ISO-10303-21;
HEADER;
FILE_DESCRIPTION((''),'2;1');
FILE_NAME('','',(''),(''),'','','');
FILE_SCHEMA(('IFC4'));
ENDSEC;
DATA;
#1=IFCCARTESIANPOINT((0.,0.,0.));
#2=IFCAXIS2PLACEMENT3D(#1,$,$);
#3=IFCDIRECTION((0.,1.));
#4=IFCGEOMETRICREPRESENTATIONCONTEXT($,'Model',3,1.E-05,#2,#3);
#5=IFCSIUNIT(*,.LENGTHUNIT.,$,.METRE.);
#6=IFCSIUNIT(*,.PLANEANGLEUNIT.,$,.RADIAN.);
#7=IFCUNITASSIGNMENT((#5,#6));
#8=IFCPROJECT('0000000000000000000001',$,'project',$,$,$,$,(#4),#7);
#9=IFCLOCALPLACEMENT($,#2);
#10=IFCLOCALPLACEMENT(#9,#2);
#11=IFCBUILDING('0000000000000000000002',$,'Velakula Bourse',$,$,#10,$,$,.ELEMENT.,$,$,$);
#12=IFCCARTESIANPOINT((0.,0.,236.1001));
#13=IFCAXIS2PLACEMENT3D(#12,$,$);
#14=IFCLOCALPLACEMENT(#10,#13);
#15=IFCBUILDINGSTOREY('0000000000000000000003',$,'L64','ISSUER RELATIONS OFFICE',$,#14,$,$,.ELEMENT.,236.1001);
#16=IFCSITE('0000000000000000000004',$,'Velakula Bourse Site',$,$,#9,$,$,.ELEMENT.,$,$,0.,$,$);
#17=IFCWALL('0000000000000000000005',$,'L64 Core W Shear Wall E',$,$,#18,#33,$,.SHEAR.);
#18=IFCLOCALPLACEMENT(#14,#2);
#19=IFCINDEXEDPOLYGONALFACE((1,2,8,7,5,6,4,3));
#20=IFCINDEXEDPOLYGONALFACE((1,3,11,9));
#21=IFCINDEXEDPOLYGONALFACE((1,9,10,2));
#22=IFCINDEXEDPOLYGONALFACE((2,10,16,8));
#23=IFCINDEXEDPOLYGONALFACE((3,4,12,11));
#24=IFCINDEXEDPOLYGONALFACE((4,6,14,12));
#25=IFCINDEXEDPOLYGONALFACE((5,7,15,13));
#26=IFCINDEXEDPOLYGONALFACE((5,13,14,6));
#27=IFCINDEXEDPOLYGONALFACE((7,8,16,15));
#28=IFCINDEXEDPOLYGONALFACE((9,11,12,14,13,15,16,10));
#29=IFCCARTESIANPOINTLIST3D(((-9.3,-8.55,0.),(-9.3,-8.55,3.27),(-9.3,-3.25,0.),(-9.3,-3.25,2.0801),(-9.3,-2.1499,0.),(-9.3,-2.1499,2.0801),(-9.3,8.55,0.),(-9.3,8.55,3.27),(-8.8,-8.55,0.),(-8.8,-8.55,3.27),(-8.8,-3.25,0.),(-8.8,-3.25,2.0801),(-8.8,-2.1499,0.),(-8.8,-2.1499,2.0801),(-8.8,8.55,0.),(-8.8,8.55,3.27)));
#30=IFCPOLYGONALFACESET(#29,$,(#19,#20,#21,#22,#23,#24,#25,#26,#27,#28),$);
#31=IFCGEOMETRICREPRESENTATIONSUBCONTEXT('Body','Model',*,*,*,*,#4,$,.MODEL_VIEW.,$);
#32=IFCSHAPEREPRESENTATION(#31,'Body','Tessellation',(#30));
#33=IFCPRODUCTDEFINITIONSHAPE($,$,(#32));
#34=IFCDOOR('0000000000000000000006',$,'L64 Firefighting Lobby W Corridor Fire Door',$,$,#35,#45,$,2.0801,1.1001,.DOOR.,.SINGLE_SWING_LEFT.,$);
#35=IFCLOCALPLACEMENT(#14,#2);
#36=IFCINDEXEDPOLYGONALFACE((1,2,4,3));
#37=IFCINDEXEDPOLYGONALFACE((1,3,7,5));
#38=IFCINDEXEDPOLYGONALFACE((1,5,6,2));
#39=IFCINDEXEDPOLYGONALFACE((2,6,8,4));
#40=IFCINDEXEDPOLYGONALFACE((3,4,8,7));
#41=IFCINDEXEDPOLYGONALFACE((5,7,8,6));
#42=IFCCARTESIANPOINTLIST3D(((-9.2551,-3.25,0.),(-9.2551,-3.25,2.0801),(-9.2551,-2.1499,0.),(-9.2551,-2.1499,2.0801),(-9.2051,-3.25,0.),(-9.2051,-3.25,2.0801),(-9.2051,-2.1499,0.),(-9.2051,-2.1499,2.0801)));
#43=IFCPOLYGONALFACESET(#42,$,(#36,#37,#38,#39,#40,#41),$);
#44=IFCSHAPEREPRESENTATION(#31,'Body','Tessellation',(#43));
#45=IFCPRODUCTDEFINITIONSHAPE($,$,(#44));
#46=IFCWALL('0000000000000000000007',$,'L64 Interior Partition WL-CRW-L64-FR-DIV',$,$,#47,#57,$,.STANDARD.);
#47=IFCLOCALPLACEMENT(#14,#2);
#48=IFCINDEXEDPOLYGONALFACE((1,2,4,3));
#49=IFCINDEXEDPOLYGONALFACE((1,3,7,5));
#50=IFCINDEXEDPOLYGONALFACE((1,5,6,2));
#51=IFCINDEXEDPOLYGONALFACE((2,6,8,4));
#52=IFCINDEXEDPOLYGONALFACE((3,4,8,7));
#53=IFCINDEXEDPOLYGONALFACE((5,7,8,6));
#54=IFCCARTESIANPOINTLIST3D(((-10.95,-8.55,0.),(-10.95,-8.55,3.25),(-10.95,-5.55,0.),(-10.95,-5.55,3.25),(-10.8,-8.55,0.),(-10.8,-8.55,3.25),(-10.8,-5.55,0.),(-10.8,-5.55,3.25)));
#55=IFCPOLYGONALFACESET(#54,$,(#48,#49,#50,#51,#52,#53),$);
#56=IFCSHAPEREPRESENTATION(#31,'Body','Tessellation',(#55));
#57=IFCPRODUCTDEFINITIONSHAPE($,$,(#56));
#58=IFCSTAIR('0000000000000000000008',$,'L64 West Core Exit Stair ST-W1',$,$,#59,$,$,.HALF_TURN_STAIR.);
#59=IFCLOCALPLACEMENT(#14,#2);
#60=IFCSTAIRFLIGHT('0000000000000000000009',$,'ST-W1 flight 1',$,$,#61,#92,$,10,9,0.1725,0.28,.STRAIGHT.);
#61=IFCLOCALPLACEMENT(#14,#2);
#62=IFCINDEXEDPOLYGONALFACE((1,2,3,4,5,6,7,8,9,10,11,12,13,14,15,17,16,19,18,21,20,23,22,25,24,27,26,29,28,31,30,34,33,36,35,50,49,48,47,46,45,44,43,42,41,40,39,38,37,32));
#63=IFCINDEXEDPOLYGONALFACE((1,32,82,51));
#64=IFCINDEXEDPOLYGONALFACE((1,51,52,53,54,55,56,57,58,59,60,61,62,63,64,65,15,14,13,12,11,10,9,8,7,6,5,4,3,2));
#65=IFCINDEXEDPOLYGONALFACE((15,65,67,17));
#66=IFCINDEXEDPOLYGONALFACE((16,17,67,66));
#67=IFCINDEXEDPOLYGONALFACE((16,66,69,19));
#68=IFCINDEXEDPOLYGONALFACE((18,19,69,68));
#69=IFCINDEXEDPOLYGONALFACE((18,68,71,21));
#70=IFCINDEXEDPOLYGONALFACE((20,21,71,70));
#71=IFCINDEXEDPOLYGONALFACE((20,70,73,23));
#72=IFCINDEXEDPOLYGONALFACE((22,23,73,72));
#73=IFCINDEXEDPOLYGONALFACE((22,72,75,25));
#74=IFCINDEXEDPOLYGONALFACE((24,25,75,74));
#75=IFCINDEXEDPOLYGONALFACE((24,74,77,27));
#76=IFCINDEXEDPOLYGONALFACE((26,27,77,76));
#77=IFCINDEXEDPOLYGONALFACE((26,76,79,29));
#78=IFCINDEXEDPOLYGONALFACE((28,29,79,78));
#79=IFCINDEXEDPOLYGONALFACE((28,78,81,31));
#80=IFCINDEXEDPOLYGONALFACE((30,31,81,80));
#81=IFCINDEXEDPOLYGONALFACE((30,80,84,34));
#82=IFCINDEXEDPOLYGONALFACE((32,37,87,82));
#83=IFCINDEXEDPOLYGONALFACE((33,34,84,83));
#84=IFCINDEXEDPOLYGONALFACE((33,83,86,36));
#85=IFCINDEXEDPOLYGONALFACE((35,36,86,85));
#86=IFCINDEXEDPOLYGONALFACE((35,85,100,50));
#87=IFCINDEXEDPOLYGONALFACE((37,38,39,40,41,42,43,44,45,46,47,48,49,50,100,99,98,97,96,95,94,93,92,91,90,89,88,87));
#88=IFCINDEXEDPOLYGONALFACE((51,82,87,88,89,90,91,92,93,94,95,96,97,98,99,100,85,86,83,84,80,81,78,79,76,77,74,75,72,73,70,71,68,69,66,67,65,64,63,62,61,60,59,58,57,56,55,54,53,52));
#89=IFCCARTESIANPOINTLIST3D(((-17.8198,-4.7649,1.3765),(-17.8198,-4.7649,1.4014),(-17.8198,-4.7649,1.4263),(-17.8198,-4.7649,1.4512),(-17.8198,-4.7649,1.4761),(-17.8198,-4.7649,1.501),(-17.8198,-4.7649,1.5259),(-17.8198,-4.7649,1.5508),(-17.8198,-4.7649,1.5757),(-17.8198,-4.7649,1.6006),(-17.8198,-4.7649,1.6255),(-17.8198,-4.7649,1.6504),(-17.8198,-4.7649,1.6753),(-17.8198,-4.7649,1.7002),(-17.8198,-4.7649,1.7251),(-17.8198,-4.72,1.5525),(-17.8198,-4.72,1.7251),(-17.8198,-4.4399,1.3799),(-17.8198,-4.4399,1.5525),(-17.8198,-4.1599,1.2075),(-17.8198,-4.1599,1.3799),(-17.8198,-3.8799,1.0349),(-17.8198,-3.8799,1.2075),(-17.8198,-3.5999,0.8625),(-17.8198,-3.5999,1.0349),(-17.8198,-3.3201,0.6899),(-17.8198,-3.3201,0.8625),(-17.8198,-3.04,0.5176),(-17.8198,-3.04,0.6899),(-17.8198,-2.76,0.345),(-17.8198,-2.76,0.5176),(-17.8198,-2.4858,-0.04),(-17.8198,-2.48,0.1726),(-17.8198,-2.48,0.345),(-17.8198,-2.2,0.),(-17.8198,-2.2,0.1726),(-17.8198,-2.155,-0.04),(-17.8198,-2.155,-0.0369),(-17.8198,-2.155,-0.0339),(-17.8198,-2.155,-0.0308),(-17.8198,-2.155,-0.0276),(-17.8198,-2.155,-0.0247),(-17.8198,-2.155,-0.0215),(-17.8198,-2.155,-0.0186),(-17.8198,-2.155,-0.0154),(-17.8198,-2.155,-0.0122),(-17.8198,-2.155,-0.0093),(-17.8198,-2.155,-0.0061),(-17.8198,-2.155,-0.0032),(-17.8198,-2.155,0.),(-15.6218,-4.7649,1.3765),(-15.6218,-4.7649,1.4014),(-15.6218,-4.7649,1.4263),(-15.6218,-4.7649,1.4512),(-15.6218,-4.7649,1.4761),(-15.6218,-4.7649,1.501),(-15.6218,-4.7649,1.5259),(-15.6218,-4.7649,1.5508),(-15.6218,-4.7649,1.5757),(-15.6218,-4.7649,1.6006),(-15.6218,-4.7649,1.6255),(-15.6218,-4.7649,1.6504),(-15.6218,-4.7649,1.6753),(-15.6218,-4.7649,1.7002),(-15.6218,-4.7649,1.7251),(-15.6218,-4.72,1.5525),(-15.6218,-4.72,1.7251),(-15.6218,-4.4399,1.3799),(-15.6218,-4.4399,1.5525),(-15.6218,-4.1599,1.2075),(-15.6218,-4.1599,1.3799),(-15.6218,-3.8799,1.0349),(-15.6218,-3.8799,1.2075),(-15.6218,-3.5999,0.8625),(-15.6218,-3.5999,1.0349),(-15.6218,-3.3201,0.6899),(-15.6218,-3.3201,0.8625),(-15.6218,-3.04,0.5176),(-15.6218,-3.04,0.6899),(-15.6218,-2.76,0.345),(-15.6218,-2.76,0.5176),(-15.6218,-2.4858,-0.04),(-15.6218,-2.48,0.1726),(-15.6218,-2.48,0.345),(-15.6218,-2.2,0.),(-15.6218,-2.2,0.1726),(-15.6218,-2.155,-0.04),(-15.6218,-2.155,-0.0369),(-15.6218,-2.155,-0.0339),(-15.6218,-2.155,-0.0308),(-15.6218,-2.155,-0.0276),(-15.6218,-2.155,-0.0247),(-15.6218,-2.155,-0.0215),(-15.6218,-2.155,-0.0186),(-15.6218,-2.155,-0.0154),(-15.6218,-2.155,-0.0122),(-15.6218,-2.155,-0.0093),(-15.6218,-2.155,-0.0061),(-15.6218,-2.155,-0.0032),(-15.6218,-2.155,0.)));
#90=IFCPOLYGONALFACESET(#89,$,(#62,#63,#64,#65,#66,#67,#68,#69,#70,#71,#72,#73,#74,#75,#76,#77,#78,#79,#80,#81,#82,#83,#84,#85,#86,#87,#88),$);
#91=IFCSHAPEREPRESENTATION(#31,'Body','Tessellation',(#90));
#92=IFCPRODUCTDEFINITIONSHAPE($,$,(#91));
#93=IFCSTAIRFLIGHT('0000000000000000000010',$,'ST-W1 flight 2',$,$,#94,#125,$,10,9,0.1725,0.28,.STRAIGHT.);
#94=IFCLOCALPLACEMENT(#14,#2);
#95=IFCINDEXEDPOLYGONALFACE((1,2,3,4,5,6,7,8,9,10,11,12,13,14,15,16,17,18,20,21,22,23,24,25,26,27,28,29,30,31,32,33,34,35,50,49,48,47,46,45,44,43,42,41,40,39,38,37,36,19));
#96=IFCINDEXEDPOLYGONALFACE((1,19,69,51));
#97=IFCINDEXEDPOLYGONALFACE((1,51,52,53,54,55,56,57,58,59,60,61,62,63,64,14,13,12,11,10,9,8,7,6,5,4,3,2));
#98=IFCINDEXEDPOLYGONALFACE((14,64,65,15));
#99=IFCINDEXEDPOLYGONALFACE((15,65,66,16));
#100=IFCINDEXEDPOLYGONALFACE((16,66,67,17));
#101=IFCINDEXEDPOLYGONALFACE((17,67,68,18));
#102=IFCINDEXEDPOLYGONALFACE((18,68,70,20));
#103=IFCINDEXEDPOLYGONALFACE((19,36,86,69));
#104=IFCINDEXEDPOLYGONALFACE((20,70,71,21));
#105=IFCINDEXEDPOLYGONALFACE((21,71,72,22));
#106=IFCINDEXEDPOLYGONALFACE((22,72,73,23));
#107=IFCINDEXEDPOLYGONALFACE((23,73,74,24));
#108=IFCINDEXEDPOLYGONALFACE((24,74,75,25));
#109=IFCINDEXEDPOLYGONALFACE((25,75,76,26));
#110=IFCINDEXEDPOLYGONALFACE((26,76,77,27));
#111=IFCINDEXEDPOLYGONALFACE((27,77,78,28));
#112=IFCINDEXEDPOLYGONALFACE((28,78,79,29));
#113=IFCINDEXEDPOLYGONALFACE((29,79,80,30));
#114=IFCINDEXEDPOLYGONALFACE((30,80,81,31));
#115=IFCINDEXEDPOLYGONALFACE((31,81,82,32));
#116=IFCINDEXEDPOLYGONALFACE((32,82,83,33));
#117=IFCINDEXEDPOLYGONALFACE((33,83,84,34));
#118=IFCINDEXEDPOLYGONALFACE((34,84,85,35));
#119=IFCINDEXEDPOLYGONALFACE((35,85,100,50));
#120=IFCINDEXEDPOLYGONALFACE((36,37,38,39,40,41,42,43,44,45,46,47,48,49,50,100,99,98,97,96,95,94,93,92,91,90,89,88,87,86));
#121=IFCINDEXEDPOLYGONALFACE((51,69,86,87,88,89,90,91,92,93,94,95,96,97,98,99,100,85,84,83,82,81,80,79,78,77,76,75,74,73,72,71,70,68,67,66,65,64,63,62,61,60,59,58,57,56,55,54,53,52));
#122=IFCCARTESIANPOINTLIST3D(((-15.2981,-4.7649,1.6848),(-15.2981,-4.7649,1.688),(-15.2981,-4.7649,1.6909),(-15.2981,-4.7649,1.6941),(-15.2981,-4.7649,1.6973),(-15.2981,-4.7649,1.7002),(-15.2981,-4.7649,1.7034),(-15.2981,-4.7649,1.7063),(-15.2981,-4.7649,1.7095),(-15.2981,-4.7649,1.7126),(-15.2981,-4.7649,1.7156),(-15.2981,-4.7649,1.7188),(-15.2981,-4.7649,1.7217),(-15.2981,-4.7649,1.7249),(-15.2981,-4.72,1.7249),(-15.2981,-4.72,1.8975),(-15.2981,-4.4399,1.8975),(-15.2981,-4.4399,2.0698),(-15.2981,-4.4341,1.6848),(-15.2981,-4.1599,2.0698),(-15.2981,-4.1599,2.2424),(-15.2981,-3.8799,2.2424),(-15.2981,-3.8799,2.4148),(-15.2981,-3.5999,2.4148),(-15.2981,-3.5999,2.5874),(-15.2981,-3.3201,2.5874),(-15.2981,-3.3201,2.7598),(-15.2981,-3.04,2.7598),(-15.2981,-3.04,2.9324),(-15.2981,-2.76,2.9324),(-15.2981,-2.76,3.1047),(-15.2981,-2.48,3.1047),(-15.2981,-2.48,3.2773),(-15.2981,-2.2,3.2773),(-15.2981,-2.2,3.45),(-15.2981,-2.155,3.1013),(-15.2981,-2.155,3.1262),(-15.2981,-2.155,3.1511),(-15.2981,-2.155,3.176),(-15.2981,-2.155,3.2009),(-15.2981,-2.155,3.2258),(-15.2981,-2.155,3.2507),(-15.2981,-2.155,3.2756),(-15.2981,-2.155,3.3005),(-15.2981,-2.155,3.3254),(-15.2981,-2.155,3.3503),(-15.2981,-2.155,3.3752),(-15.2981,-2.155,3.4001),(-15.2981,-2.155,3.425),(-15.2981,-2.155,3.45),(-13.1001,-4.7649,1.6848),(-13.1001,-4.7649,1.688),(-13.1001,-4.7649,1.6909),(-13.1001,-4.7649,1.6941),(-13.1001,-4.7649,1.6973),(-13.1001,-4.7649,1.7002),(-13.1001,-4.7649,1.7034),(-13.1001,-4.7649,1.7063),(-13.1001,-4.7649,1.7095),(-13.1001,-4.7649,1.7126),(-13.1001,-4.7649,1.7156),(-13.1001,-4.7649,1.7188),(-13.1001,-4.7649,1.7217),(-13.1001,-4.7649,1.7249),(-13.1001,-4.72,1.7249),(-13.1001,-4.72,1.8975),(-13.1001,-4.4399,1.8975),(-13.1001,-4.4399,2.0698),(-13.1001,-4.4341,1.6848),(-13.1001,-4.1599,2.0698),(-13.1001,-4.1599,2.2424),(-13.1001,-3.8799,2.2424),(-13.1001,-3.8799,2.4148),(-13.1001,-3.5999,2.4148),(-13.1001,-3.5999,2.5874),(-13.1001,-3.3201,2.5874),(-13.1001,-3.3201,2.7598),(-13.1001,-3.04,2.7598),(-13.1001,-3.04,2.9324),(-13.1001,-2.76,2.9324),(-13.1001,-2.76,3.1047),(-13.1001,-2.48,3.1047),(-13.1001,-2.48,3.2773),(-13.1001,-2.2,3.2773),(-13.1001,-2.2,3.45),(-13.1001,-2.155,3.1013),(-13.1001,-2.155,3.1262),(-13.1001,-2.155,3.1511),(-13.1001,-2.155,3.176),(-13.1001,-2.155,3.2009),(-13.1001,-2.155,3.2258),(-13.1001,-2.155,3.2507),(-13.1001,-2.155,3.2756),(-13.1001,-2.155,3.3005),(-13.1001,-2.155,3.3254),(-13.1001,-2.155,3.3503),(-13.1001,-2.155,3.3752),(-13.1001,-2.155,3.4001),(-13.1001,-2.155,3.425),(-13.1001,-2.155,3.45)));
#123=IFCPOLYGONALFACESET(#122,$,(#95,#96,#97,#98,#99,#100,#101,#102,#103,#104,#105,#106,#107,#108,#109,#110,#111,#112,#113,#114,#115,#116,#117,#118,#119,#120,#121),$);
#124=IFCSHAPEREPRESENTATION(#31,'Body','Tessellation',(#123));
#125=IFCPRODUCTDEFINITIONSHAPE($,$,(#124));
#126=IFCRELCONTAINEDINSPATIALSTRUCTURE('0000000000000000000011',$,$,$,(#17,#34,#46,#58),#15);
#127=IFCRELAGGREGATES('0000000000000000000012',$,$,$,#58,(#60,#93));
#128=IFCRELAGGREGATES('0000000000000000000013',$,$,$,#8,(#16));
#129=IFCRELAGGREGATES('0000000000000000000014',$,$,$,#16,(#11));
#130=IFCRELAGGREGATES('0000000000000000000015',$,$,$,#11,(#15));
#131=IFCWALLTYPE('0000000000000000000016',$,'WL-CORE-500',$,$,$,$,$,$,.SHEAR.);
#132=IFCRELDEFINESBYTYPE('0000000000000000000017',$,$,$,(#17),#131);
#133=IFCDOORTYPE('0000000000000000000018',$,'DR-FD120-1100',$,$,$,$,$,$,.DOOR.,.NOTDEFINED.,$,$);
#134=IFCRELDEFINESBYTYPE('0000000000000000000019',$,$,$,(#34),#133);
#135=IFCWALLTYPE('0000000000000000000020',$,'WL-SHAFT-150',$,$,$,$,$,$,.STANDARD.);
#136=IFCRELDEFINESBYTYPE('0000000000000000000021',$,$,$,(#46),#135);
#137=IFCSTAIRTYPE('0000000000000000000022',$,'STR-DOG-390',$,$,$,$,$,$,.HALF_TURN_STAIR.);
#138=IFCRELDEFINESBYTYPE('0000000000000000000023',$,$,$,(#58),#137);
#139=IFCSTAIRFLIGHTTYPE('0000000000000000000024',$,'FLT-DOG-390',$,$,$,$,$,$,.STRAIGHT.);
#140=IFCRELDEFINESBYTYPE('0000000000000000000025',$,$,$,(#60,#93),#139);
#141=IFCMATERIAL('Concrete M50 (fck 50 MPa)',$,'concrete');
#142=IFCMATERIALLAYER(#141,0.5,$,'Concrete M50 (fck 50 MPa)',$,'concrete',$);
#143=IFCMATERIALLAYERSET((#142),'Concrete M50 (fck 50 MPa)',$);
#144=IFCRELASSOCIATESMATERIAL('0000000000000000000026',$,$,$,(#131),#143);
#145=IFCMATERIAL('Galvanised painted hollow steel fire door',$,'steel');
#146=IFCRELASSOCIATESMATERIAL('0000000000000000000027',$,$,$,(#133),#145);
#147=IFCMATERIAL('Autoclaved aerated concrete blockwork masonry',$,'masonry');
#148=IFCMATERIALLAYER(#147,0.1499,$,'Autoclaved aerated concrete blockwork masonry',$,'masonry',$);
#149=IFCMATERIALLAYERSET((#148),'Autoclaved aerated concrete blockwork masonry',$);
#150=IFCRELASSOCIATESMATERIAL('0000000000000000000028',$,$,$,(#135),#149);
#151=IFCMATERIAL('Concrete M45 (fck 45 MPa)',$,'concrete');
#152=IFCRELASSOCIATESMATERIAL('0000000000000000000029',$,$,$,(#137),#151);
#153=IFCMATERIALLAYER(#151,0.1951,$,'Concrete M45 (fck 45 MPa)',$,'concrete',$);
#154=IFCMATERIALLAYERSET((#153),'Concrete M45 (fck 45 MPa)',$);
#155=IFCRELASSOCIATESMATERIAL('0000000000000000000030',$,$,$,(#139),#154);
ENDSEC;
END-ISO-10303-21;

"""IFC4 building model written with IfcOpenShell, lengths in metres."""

from ifc_helpers import new_model, si_unit, direction, frame, frame_2d, origin, place, context, subcontext, project, spatial, polyline, rectangle, outline, extrude, material, layer, layer_set, type_object, element, fill, aggregate, save


model = new_model("IFC4")

# Units and contexts
model_context = context("Model", 3, precision=1e-05, world=origin(), true_north=direction((0.0, 1.0)))
body_context = subcontext(model_context, "Body", "Model", "MODEL_VIEW")
ifc_project = project(units=[si_unit("LENGTHUNIT", "METRE"), si_unit("PLANEANGLEUNIT", "RADIAN")], contexts=[model_context])

# Site, building, storey
site_placement = place(None, origin())
site = spatial("IfcSite", under=ifc_project, at=site_placement, Name="Velakula Bourse Site", CompositionType="ELEMENT", RefElevation=0.0)
building_placement = place(site_placement, origin())
building = spatial("IfcBuilding", under=site, at=building_placement, Name="Velakula Bourse", CompositionType="ELEMENT")
storey_placement = place(building_placement, frame((0.0, 0.0, 236.1001)))
storey = spatial("IfcBuildingStorey", under=building, at=storey_placement, Name="L64", Description="ISSUER RELATIONS OFFICE", CompositionType="ELEMENT", Elevation=236.1001)

# Shared definitions
ifc_material_1 = material(Name="Concrete M50 (fck 50 MPa)", Category="concrete")

# Shared definitions
ifc_material_2 = material(Name="Galvanised painted hollow steel fire door", Category="steel")

# Wall, opening, door
ifc_layer_1 = layer(ifc_material_1, 0.5, Name="Concrete M50 (fck 50 MPa)", Category="concrete")
ifc_layer_set_1 = layer_set([ifc_layer_1], Name="Concrete M50 (fck 50 MPa)")
wall_type_1 = type_object("IfcWallType", Name="WL-CORE-500", PredefinedType="SHEAR", material=ifc_layer_set_1)
wall_1_placement = place(storey_placement, frame((-9.05, -8.55, 0.0), z_axis=(0.0, 0.0, 1.0), x_axis=(0.0, 1.0, 0.0)))
wall_1 = element("IfcWall", 1, at=wall_1_placement, inside=storey, type_object=wall_type_1, Name="L64 Core W Shear Wall E", PredefinedType="SHEAR", context=body_context, shape_type="SweptSolid", body=[
    extrude(rectangle(XDim=17.1001, YDim=0.5, at=frame_2d((8.55, 0.0))), origin(), (0.0, 0.0, 1.0), 3.27),
])
opening_1_placement = place(wall_1_placement, frame((5.3, 0.0, 0.0)))
opening_1 = element("IfcOpeningElement", 2, at=opening_1_placement, cuts=wall_1, PredefinedType="OPENING", context=body_context, shape_type="SweptSolid", body=[
    extrude(rectangle(XDim=1.1001, YDim=2.0801, at=frame_2d((0.55, 1.04))), frame((0.0, 0.26, 0.0), z_axis=(0.0, -1.0, 0.0), x_axis=(1.0, 0.0, 0.0)), (0.0, 0.0, 1.0), 0.52),
])
door_type_1 = type_object("IfcDoorType", Name="DR-FD120-1100", OperationType="NOTDEFINED", PredefinedType="DOOR", material=ifc_material_2)
door_1_placement = place(opening_1_placement, origin())
door_1 = element("IfcDoor", 3, at=door_1_placement, inside=storey, type_object=door_type_1, Name="L64 Firefighting Lobby W Corridor Fire Door", OperationType="SINGLE_SWING_LEFT", OverallHeight=2.0801, OverallWidth=1.1001, PredefinedType="DOOR", context=body_context, shape_type="SweptSolid", body=[
    extrude(rectangle(XDim=1.1001, YDim=2.0801, at=frame_2d((0.55, 1.04))), frame((0.0, 0.2051, 0.0), z_axis=(0.0, -1.0, 0.0), x_axis=(1.0, 0.0, 0.0)), (0.0, 0.0, 1.0), 0.05),
])
fill(opening_1, door_1)

# Shared definitions
ifc_material_3 = material(Name="Autoclaved aerated concrete blockwork masonry", Category="masonry")
ifc_layer_2 = layer(ifc_material_3, 0.1499, Name="Autoclaved aerated concrete blockwork masonry", Category="masonry")
ifc_layer_set_2 = layer_set([ifc_layer_2], Name="Autoclaved aerated concrete blockwork masonry")
wall_type_2 = type_object("IfcWallType", Name="WL-SHAFT-150", PredefinedType="STANDARD", material=ifc_layer_set_2)

# Wall
wall_2_placement = place(storey_placement, frame((-10.875, -8.55, 0.0), z_axis=(0.0, 0.0, 1.0), x_axis=(0.0, 1.0, 0.0)))
element("IfcWall", 4, at=wall_2_placement, inside=storey, type_object=wall_type_2, Name="L64 Interior Partition WL-CRW-L64-FR-DIV", PredefinedType="STANDARD", context=body_context, shape_type="SweptSolid", body=[
    extrude(rectangle(XDim=3.0, YDim=0.1499, at=frame_2d((1.5, 0.0))), origin(), (0.0, 0.0, 1.0), 3.25),
])

# Stair, stair flights
ifc_material_4 = material(Name="Concrete M45 (fck 45 MPa)", Category="concrete")
stair_type = type_object("IfcStairType", Name="STR-DOG-390", PredefinedType="HALF_TURN_STAIR", material=ifc_material_4)
stair_placement = place(storey_placement, origin())
stair = element("IfcStair", 5, at=stair_placement, inside=storey, type_object=stair_type, Name="L64 West Core Exit Stair ST-W1", PredefinedType="HALF_TURN_STAIR")
ifc_layer_3 = layer(ifc_material_4, 0.1951, Name="Concrete M45 (fck 45 MPa)", Category="concrete")
ifc_layer_set_3 = layer_set([ifc_layer_3], Name="Concrete M45 (fck 45 MPa)")
stair_flight_type = type_object("IfcStairFlightType", Name="FLT-DOG-390", PredefinedType="STRAIGHT", material=ifc_layer_set_3)
stair_flight_1_placement = place(storey_placement, frame((-16.7209, -2.2, 0.0), z_axis=(0.0, 0.0, 1.0), x_axis=(0.0, -1.0, 0.0)))
stair_flight_1 = element("IfcStairFlight", 6, at=stair_flight_1_placement, type_object=stair_flight_type, Name="ST-W1 flight 1", NumberOfRisers=10, NumberOfTreads=9, PredefinedType="STRAIGHT", RiserHeight=0.1725, TreadLength=0.28, context=body_context, shape_type="SweptSolid", body=[
    extrude(outline(polyline([(-0.0449, -0.04), (-0.0449, -0.0369), (-0.0449, -0.0339), (-0.0449, -0.0308), (-0.0449, -0.0276), (-0.0449, -0.0247), (-0.0449, -0.0215), (-0.0449, -0.0186), (-0.0449, -0.0154), (-0.0449, -0.0122), (-0.0449, -0.0093), (-0.0449, -0.0061), (-0.0449, -0.0032), (-0.0449, 0.0), (0.0, 0.0), (0.0, 0.1726), (0.28, 0.1726), (0.28, 0.345), (0.5601, 0.345), (0.5601, 0.5176), (0.8401, 0.5176), (0.8401, 0.6899), (1.1201, 0.6899), (1.1201, 0.8625), (1.3999, 0.8625), (1.3999, 1.0349), (1.6799, 1.0349), (1.6799, 1.2075), (1.96, 1.2075), (1.96, 1.3799), (2.24, 1.3799), (2.24, 1.5525), (2.52, 1.5525), (2.52, 1.7251), (2.5649, 1.7251), (2.5649, 1.7002), (2.5649, 1.6753), (2.5649, 1.6504), (2.5649, 1.6255), (2.5649, 1.6006), (2.5649, 1.5757), (2.5649, 1.5508), (2.5649, 1.5259), (2.5649, 1.501), (2.5649, 1.4761), (2.5649, 1.4512), (2.5649, 1.4263), (2.5649, 1.4014), (2.5649, 1.3765), (0.2859, -0.04), (-0.0449, -0.04)])), frame((0.0, 1.0991, 0.0), z_axis=(0.0, -1.0, 0.0), x_axis=(1.0, 0.0, 0.0)), (0.0, 0.0, 1.0), 2.198),
])
stair_flight_2_placement = place(storey_placement, frame((-14.199, -4.72, 1.7249), z_axis=(0.0, 0.0, 1.0), x_axis=(0.0, 1.0, 0.0)))
stair_flight_2 = element("IfcStairFlight", 7, at=stair_flight_2_placement, type_object=stair_flight_type, Name="ST-W1 flight 2", NumberOfRisers=10, NumberOfTreads=9, PredefinedType="STRAIGHT", RiserHeight=0.1725, TreadLength=0.28, context=body_context, shape_type="SweptSolid", body=[
    extrude(outline(polyline([(-0.0449, -0.04), (-0.0449, -0.0369), (-0.0449, -0.0339), (-0.0449, -0.0308), (-0.0449, -0.0276), (-0.0449, -0.0247), (-0.0449, -0.0215), (-0.0449, -0.0186), (-0.0449, -0.0154), (-0.0449, -0.0122), (-0.0449, -0.0093), (-0.0449, -0.0061), (-0.0449, -0.0032), (-0.0449, 0.0), (0.0, 0.0), (0.0, 0.1726), (0.28, 0.1726), (0.28, 0.345), (0.5601, 0.345), (0.5601, 0.5176), (0.8401, 0.5176), (0.8401, 0.6899), (1.1201, 0.6899), (1.1201, 0.8625), (1.3999, 0.8625), (1.3999, 1.0349), (1.6799, 1.0349), (1.6799, 1.2075), (1.96, 1.2075), (1.96, 1.3799), (2.24, 1.3799), (2.24, 1.5525), (2.52, 1.5525), (2.52, 1.7251), (2.5649, 1.7251), (2.5649, 1.7002), (2.5649, 1.6753), (2.5649, 1.6504), (2.5649, 1.6255), (2.5649, 1.6006), (2.5649, 1.5757), (2.5649, 1.5508), (2.5649, 1.5259), (2.5649, 1.501), (2.5649, 1.4761), (2.5649, 1.4512), (2.5649, 1.4263), (2.5649, 1.4014), (2.5649, 1.3765), (0.2859, -0.04), (-0.0449, -0.04)])), frame((0.0, 1.0991, 0.0), z_axis=(0.0, -1.0, 0.0), x_axis=(1.0, 0.0, 0.0)), (0.0, 0.0, 1.0), 2.198),
])
aggregate(stair, [stair_flight_1, stair_flight_2])

save(model, "model.ifc")
